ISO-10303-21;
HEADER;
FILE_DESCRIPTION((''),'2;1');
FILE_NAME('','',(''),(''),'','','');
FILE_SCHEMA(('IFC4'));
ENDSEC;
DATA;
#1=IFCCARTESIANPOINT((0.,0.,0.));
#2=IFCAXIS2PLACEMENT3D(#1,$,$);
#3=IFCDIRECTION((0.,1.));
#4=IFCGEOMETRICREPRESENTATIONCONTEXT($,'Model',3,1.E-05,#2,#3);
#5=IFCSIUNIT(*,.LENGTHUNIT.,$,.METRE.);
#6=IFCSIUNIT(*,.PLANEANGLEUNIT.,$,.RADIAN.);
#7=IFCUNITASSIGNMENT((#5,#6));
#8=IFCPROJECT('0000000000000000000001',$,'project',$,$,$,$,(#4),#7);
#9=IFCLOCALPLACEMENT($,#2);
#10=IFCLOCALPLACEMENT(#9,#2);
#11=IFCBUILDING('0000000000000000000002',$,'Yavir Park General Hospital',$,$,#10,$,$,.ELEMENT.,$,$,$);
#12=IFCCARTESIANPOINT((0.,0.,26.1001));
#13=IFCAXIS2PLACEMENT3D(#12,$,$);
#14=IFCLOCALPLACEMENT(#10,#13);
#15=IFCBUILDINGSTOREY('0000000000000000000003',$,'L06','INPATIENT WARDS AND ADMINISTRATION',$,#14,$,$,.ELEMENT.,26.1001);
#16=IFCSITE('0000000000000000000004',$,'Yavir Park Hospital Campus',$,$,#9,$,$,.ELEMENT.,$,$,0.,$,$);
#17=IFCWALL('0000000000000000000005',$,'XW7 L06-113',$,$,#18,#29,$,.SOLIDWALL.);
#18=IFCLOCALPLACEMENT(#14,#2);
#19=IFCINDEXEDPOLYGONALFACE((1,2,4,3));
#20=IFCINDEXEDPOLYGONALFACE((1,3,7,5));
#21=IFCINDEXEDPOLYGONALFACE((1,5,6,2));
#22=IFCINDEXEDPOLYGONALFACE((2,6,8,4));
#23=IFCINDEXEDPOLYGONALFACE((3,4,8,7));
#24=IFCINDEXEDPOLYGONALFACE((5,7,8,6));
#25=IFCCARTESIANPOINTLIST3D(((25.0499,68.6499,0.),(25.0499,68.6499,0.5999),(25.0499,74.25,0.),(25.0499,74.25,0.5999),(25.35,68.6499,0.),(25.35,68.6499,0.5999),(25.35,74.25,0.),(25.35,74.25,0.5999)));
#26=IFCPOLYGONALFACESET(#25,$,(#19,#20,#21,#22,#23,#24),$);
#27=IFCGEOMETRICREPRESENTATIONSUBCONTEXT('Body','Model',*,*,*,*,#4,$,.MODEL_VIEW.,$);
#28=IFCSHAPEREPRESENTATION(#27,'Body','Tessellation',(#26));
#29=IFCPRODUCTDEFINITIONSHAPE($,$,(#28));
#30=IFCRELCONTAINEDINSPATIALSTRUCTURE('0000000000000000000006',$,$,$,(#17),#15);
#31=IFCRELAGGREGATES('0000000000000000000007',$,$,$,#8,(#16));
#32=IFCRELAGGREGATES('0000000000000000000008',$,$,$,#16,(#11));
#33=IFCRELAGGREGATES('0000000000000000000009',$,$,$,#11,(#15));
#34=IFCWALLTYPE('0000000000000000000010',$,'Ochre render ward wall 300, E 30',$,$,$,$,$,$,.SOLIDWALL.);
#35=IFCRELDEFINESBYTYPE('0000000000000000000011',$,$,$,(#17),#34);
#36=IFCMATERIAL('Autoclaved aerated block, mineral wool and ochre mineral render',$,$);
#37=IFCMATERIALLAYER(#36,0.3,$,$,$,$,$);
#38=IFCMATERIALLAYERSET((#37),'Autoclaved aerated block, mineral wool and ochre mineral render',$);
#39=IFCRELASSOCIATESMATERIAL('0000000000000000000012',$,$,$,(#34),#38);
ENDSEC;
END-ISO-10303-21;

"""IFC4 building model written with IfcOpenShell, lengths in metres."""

from ifc_helpers import new_model, si_unit, direction, frame, frame_2d, origin, place, context, subcontext, project, spatial, rectangle, extrude, material, layer, layer_set, type_object, element, save


model = new_model("IFC4")

# Units and contexts
model_context = context("Model", 3, precision=1e-05, world=origin(), true_north=direction((0.0, 1.0)))
body_context = subcontext(model_context, "Body", "Model", "MODEL_VIEW")
ifc_project = project(units=[si_unit("LENGTHUNIT", "METRE"), si_unit("PLANEANGLEUNIT", "RADIAN")], contexts=[model_context])

# Site, building, storey
site_placement = place(None, origin())
site = spatial("IfcSite", under=ifc_project, at=site_placement, Name="Yavir Park Hospital Campus", CompositionType="ELEMENT", RefElevation=0.0)
building_placement = place(site_placement, origin())
building = spatial("IfcBuilding", under=site, at=building_placement, Name="Yavir Park General Hospital", CompositionType="ELEMENT")
storey_placement = place(building_placement, frame((0.0, 0.0, 26.1001)))
storey = spatial("IfcBuildingStorey", under=building, at=storey_placement, Name="L06", Description="INPATIENT WARDS AND ADMINISTRATION", CompositionType="ELEMENT", Elevation=26.1001)

# Shared definitions
ifc_material_1 = material(Name="Autoclaved aerated block, mineral wool and ochre mineral render")
ifc_layer_1 = layer(ifc_material_1, 0.3)
ifc_layer_set_1 = layer_set([ifc_layer_1], Name="Autoclaved aerated block, mineral wool and ochre mineral render")
wall_type_1 = type_object("IfcWallType", Name="Ochre render ward wall 300, E 30", PredefinedType="SOLIDWALL", material=ifc_layer_set_1)

# Wall
wall_1_placement = place(storey_placement, frame((25.2, 68.6499, 0.0), z_axis=(0.0, 0.0, 1.0), x_axis=(0.0, 1.0, 0.0)))
element("IfcWall", 1, at=wall_1_placement, inside=storey, type_object=wall_type_1, Name="XW7 L06-113", PredefinedType="SOLIDWALL", context=body_context, shape_type="SweptSolid", body=[
    extrude(rectangle(XDim=5.6001, YDim=0.3, at=frame_2d((2.8, 0.0))), origin(), (0.0, 0.0, 1.0), 0.5999),
])

save(model, "model.ifc")
